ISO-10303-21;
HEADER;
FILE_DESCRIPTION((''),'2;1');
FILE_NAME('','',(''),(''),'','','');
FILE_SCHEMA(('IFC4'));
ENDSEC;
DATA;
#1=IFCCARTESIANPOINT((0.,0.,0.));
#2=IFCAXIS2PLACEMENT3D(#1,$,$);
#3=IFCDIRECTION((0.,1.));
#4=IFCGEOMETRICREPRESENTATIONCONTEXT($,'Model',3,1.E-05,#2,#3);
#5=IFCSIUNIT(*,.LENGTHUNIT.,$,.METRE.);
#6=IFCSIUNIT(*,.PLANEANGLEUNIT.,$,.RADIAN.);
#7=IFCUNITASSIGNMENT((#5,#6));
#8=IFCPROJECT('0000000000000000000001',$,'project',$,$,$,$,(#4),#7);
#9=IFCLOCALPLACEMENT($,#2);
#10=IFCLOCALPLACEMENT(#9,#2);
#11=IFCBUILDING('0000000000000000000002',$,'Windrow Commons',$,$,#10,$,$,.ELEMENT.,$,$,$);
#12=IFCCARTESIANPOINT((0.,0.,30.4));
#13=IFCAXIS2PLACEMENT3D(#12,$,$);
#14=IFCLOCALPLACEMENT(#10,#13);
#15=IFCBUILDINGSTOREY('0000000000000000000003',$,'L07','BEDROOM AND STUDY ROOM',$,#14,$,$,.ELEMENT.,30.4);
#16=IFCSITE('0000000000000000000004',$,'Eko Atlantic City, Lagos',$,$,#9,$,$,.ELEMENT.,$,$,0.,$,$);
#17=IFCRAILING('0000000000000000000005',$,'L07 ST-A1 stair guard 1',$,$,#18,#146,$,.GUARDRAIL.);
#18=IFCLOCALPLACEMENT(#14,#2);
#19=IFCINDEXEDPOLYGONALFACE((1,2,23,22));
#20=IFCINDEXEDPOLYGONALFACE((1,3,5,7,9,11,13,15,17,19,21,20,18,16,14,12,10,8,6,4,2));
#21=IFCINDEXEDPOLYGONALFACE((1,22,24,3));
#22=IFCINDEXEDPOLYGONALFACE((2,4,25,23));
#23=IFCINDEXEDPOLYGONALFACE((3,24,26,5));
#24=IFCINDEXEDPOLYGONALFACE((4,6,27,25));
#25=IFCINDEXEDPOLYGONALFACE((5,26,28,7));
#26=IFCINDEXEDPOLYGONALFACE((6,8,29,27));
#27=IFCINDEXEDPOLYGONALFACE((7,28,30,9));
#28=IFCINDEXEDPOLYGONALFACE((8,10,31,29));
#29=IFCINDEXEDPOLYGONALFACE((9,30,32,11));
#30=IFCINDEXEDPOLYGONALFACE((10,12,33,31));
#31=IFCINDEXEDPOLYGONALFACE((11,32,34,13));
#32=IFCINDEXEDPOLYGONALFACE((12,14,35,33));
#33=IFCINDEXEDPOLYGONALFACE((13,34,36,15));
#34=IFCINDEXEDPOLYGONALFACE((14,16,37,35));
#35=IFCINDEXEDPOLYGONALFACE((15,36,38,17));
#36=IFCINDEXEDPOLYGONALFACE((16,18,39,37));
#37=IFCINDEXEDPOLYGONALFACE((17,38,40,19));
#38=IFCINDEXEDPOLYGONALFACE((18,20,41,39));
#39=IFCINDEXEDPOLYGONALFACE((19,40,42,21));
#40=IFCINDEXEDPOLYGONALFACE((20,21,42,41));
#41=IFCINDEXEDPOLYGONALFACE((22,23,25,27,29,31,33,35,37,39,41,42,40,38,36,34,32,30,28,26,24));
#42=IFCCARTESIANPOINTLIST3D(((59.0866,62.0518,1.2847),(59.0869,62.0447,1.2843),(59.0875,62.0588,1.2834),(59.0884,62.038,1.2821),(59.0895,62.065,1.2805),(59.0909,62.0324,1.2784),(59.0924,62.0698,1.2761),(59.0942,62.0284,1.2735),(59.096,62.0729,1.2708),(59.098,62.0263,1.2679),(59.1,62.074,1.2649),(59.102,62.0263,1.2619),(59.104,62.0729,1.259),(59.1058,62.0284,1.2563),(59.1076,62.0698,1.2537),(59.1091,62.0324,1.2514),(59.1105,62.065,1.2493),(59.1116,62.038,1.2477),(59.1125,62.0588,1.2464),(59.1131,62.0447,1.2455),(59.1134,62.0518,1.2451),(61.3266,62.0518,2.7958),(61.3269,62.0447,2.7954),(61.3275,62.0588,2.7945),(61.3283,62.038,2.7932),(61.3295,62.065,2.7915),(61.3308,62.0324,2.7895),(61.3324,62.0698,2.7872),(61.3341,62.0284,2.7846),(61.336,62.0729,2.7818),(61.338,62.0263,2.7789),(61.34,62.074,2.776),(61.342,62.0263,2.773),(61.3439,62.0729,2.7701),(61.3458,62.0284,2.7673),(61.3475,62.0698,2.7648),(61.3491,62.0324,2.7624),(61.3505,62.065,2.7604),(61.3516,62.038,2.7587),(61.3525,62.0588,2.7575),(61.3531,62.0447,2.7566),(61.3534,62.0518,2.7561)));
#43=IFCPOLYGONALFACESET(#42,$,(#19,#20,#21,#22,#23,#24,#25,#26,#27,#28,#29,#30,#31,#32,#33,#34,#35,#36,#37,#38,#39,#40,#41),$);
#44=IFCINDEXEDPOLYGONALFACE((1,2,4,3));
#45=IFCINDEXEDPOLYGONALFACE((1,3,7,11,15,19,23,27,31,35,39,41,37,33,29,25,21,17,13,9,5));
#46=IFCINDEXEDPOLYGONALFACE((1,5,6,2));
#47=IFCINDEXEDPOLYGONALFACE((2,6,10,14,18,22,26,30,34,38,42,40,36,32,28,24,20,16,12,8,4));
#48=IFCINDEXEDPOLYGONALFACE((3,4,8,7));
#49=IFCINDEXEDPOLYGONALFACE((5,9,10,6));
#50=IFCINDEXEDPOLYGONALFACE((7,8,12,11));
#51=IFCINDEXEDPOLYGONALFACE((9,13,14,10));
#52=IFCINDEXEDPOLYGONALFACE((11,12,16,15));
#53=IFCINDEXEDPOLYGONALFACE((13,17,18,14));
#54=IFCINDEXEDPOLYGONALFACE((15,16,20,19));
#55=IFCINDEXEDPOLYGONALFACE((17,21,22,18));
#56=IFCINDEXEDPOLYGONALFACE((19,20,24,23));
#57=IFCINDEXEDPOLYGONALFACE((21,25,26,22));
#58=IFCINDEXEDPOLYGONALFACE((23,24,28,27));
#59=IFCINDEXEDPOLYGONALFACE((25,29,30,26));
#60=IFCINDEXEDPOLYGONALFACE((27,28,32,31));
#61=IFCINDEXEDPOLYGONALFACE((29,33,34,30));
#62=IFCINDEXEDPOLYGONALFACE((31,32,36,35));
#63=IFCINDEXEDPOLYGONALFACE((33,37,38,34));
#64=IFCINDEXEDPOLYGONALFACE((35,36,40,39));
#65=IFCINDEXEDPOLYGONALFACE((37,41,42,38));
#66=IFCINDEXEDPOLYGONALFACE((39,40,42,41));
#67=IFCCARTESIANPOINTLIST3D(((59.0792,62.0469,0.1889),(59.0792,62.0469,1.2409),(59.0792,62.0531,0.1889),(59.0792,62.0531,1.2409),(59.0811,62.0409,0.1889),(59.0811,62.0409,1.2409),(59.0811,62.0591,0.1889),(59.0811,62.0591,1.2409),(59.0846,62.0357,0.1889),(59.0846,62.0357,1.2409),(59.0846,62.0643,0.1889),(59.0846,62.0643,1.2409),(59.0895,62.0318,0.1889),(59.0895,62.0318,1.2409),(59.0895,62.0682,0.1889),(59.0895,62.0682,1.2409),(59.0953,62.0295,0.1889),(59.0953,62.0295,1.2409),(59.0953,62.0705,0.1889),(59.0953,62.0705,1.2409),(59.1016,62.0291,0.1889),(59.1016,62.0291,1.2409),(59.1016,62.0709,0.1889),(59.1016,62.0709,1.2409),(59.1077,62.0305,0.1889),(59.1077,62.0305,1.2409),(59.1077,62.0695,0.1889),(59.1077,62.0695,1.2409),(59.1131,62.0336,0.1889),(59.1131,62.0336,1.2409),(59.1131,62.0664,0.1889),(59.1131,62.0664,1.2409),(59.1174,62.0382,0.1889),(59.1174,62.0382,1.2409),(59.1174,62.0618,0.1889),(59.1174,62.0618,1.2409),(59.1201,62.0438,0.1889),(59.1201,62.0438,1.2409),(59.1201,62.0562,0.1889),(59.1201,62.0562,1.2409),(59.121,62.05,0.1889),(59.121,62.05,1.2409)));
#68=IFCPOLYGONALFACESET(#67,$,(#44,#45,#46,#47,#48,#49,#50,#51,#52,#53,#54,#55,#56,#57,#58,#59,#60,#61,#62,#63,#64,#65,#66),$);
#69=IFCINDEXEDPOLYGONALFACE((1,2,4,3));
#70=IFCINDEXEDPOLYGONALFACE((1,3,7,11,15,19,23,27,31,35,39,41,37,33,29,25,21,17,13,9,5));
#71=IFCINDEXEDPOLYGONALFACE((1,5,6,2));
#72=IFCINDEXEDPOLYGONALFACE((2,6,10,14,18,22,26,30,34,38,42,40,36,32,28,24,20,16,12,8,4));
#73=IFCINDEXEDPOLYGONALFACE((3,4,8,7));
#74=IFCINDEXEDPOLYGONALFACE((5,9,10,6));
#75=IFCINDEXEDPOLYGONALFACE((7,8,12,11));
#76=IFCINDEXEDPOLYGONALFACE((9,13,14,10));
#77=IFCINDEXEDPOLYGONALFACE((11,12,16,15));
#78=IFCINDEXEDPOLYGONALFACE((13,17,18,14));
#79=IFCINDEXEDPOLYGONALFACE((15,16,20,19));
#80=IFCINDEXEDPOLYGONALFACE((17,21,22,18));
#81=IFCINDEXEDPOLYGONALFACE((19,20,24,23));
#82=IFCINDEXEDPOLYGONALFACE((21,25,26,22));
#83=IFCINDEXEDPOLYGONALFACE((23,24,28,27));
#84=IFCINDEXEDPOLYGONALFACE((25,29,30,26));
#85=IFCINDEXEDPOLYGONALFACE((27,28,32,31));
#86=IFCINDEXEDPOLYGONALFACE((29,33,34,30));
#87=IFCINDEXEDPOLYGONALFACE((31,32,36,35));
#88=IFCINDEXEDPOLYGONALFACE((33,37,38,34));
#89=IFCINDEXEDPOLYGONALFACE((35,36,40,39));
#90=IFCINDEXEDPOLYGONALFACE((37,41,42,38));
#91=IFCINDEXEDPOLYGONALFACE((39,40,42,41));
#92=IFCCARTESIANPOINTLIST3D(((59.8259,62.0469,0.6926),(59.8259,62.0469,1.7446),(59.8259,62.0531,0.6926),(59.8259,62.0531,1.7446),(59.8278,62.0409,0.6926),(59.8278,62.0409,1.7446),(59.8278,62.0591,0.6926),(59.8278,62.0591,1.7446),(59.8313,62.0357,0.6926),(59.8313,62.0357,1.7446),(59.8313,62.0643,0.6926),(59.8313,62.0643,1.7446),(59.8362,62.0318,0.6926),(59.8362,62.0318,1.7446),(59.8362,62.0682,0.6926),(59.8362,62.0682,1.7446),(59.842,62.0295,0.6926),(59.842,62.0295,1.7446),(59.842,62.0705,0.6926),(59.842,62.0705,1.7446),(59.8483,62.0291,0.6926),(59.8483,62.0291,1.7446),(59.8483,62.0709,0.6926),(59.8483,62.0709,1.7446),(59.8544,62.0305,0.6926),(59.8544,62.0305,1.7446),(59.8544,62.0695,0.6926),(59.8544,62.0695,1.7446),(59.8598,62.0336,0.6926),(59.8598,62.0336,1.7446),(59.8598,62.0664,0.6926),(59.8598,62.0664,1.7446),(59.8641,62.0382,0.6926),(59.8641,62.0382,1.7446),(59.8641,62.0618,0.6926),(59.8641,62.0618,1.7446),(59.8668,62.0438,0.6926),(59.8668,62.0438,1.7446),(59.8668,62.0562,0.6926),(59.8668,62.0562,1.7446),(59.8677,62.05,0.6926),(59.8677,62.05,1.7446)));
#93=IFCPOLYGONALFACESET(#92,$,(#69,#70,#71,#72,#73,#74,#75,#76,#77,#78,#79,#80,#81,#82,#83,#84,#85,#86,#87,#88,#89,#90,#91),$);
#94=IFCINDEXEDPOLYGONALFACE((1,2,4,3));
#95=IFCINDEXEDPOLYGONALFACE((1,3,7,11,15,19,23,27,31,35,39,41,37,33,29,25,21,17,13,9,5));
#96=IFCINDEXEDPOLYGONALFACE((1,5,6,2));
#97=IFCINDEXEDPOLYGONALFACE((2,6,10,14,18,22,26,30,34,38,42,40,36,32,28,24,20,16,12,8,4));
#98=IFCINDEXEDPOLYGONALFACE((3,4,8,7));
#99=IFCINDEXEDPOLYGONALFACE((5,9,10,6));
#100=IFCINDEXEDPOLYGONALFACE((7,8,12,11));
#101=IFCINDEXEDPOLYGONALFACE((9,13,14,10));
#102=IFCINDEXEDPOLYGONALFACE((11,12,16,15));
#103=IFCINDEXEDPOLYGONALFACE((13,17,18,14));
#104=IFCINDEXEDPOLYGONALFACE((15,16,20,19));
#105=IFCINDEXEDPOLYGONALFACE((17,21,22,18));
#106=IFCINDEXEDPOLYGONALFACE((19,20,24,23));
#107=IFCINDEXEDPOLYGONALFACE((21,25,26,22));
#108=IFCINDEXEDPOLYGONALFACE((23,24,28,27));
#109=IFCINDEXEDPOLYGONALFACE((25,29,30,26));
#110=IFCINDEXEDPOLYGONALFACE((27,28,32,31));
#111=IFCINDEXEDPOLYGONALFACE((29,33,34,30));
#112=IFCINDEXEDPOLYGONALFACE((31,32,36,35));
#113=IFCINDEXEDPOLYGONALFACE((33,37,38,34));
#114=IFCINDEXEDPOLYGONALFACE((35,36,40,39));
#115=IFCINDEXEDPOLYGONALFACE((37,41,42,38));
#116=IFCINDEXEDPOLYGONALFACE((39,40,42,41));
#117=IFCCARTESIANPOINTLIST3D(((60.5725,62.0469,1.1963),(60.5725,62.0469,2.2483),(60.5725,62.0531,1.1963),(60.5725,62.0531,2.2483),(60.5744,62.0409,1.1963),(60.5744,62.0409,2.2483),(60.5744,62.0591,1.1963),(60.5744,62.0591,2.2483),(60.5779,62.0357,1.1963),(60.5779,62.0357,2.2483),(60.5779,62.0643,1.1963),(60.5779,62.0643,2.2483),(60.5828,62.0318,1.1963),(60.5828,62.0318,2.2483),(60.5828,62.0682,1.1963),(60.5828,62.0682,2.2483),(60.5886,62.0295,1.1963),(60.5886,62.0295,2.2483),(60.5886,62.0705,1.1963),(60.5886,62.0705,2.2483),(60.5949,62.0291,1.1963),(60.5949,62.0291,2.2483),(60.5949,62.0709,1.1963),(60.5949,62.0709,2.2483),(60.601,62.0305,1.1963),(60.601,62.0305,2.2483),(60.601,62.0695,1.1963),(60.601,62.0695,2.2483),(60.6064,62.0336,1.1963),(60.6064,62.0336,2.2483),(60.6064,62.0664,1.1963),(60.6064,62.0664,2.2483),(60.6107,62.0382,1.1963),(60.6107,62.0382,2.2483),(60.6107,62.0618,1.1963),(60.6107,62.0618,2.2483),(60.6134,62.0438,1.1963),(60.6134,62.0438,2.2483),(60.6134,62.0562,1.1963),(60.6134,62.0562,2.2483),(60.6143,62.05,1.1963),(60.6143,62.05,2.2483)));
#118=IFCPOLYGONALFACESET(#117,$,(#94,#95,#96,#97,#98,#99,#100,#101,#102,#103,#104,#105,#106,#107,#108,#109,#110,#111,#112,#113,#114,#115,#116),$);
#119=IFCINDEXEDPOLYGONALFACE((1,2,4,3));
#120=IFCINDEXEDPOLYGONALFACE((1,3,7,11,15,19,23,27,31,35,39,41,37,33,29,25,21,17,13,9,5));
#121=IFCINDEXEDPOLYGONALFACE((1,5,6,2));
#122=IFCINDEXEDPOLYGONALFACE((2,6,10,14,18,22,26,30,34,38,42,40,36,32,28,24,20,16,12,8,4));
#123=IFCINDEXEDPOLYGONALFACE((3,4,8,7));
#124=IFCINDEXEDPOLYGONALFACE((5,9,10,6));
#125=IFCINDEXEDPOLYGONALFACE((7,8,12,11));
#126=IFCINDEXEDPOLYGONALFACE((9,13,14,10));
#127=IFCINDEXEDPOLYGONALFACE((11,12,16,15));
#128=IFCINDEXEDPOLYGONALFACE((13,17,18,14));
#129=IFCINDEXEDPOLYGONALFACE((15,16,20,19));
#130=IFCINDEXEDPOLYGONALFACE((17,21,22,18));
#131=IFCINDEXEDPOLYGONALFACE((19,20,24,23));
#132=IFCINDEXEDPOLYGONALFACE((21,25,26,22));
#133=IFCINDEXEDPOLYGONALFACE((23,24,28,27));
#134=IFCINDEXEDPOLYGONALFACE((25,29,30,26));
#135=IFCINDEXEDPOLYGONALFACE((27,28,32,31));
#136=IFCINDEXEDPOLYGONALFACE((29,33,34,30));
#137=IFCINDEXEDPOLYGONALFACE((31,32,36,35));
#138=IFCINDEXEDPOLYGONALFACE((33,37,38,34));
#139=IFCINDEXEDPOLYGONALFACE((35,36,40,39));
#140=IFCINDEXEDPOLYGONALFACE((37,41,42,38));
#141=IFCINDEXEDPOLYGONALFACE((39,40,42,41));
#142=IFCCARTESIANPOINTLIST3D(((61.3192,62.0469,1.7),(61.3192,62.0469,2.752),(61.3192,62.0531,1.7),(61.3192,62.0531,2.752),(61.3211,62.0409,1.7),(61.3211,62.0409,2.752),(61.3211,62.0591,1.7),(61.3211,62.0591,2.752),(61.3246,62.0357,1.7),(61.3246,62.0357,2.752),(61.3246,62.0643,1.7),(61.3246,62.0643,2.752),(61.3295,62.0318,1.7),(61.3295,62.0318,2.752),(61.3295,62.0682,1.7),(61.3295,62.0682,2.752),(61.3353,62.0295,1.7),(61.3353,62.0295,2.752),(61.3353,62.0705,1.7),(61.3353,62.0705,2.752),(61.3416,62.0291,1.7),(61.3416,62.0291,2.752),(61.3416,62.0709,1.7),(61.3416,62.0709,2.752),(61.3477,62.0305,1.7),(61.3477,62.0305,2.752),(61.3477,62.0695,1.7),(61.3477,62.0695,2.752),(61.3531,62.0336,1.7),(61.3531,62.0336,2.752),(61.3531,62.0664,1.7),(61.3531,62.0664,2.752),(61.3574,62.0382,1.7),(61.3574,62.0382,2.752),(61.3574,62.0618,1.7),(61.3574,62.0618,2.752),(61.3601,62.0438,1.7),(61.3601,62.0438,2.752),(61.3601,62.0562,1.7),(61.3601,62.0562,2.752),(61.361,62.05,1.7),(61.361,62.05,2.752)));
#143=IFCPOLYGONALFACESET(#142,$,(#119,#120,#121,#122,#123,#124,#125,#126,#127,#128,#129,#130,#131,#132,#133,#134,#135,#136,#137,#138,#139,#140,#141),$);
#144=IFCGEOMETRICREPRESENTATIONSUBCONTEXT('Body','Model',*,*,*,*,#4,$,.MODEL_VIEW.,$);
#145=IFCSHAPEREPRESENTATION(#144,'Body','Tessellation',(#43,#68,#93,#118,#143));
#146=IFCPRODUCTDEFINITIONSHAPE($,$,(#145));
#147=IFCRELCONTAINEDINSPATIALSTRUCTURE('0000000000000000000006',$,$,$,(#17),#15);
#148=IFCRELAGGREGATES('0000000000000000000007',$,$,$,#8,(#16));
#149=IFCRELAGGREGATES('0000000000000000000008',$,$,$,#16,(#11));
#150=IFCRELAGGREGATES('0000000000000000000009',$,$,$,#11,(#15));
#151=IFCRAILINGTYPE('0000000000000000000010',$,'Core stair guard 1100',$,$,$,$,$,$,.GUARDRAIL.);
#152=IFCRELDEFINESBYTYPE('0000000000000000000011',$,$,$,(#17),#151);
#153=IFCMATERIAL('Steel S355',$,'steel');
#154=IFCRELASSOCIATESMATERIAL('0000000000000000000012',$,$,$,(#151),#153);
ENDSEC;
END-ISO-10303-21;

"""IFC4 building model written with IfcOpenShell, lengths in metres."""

from ifc_helpers import new_model, si_unit, direction, frame, origin, origin_2d, place, context, subcontext, project, spatial, circle, extrude, material, type_object, element, save


model = new_model("IFC4")

# Units and contexts
model_context = context("Model", 3, precision=1e-05, world=origin(), true_north=direction((0.0, 1.0)))
body_context = subcontext(model_context, "Body", "Model", "MODEL_VIEW")
ifc_project = project(units=[si_unit("LENGTHUNIT", "METRE"), si_unit("PLANEANGLEUNIT", "RADIAN")], contexts=[model_context])

# Site, building, storey
site_placement = place(None, origin())
site = spatial("IfcSite", under=ifc_project, at=site_placement, Name="Eko Atlantic City, Lagos", CompositionType="ELEMENT", RefElevation=0.0)
building_placement = place(site_placement, origin())
building = spatial("IfcBuilding", under=site, at=building_placement, Name="Windrow Commons", CompositionType="ELEMENT")
storey_placement = place(building_placement, frame((0.0, 0.0, 30.4)))
storey = spatial("IfcBuildingStorey", under=building, at=storey_placement, Name="L07", Description="BEDROOM AND STUDY ROOM", CompositionType="ELEMENT", Elevation=30.4)

# Railing
ifc_material_1 = material(Name="Steel S355", Category="steel")
railing_type_1 = type_object("IfcRailingType", Name="Core stair guard 1100", PredefinedType="GUARDRAIL", material=ifc_material_1)
railing_1_placement = place(storey_placement, frame((59.1, 62.05, 0.1889)))
element("IfcRailing", 1, at=railing_1_placement, inside=storey, type_object=railing_type_1, Name="L07 ST-A1 stair guard 1", PredefinedType="GUARDRAIL", context=body_context, shape_type="SweptSolid", body=[
    extrude(circle(Radius=0.024, at=origin_2d()), frame((0.0, 0.0, 1.076), z_axis=(0.829003, 0.0, 0.559244), x_axis=(0.0, 1.0, 0.0)), (0.0, 0.0, 1.0), 2.702),
    extrude(circle(Radius=0.021, at=origin_2d()), origin(), (0.0, 0.0, 1.0), 1.052),
    extrude(circle(Radius=0.021, at=origin_2d()), frame((0.7467, 0.0, 0.5037)), (0.0, 0.0, 1.0), 1.052),
    extrude(circle(Radius=0.021, at=origin_2d()), frame((1.4933, 0.0, 1.0074)), (0.0, 0.0, 1.0), 1.052),
    extrude(circle(Radius=0.021, at=origin_2d()), frame((2.24, 0.0, 1.5111)), (0.0, 0.0, 1.0), 1.052),
])

save(model, "model.ifc")
